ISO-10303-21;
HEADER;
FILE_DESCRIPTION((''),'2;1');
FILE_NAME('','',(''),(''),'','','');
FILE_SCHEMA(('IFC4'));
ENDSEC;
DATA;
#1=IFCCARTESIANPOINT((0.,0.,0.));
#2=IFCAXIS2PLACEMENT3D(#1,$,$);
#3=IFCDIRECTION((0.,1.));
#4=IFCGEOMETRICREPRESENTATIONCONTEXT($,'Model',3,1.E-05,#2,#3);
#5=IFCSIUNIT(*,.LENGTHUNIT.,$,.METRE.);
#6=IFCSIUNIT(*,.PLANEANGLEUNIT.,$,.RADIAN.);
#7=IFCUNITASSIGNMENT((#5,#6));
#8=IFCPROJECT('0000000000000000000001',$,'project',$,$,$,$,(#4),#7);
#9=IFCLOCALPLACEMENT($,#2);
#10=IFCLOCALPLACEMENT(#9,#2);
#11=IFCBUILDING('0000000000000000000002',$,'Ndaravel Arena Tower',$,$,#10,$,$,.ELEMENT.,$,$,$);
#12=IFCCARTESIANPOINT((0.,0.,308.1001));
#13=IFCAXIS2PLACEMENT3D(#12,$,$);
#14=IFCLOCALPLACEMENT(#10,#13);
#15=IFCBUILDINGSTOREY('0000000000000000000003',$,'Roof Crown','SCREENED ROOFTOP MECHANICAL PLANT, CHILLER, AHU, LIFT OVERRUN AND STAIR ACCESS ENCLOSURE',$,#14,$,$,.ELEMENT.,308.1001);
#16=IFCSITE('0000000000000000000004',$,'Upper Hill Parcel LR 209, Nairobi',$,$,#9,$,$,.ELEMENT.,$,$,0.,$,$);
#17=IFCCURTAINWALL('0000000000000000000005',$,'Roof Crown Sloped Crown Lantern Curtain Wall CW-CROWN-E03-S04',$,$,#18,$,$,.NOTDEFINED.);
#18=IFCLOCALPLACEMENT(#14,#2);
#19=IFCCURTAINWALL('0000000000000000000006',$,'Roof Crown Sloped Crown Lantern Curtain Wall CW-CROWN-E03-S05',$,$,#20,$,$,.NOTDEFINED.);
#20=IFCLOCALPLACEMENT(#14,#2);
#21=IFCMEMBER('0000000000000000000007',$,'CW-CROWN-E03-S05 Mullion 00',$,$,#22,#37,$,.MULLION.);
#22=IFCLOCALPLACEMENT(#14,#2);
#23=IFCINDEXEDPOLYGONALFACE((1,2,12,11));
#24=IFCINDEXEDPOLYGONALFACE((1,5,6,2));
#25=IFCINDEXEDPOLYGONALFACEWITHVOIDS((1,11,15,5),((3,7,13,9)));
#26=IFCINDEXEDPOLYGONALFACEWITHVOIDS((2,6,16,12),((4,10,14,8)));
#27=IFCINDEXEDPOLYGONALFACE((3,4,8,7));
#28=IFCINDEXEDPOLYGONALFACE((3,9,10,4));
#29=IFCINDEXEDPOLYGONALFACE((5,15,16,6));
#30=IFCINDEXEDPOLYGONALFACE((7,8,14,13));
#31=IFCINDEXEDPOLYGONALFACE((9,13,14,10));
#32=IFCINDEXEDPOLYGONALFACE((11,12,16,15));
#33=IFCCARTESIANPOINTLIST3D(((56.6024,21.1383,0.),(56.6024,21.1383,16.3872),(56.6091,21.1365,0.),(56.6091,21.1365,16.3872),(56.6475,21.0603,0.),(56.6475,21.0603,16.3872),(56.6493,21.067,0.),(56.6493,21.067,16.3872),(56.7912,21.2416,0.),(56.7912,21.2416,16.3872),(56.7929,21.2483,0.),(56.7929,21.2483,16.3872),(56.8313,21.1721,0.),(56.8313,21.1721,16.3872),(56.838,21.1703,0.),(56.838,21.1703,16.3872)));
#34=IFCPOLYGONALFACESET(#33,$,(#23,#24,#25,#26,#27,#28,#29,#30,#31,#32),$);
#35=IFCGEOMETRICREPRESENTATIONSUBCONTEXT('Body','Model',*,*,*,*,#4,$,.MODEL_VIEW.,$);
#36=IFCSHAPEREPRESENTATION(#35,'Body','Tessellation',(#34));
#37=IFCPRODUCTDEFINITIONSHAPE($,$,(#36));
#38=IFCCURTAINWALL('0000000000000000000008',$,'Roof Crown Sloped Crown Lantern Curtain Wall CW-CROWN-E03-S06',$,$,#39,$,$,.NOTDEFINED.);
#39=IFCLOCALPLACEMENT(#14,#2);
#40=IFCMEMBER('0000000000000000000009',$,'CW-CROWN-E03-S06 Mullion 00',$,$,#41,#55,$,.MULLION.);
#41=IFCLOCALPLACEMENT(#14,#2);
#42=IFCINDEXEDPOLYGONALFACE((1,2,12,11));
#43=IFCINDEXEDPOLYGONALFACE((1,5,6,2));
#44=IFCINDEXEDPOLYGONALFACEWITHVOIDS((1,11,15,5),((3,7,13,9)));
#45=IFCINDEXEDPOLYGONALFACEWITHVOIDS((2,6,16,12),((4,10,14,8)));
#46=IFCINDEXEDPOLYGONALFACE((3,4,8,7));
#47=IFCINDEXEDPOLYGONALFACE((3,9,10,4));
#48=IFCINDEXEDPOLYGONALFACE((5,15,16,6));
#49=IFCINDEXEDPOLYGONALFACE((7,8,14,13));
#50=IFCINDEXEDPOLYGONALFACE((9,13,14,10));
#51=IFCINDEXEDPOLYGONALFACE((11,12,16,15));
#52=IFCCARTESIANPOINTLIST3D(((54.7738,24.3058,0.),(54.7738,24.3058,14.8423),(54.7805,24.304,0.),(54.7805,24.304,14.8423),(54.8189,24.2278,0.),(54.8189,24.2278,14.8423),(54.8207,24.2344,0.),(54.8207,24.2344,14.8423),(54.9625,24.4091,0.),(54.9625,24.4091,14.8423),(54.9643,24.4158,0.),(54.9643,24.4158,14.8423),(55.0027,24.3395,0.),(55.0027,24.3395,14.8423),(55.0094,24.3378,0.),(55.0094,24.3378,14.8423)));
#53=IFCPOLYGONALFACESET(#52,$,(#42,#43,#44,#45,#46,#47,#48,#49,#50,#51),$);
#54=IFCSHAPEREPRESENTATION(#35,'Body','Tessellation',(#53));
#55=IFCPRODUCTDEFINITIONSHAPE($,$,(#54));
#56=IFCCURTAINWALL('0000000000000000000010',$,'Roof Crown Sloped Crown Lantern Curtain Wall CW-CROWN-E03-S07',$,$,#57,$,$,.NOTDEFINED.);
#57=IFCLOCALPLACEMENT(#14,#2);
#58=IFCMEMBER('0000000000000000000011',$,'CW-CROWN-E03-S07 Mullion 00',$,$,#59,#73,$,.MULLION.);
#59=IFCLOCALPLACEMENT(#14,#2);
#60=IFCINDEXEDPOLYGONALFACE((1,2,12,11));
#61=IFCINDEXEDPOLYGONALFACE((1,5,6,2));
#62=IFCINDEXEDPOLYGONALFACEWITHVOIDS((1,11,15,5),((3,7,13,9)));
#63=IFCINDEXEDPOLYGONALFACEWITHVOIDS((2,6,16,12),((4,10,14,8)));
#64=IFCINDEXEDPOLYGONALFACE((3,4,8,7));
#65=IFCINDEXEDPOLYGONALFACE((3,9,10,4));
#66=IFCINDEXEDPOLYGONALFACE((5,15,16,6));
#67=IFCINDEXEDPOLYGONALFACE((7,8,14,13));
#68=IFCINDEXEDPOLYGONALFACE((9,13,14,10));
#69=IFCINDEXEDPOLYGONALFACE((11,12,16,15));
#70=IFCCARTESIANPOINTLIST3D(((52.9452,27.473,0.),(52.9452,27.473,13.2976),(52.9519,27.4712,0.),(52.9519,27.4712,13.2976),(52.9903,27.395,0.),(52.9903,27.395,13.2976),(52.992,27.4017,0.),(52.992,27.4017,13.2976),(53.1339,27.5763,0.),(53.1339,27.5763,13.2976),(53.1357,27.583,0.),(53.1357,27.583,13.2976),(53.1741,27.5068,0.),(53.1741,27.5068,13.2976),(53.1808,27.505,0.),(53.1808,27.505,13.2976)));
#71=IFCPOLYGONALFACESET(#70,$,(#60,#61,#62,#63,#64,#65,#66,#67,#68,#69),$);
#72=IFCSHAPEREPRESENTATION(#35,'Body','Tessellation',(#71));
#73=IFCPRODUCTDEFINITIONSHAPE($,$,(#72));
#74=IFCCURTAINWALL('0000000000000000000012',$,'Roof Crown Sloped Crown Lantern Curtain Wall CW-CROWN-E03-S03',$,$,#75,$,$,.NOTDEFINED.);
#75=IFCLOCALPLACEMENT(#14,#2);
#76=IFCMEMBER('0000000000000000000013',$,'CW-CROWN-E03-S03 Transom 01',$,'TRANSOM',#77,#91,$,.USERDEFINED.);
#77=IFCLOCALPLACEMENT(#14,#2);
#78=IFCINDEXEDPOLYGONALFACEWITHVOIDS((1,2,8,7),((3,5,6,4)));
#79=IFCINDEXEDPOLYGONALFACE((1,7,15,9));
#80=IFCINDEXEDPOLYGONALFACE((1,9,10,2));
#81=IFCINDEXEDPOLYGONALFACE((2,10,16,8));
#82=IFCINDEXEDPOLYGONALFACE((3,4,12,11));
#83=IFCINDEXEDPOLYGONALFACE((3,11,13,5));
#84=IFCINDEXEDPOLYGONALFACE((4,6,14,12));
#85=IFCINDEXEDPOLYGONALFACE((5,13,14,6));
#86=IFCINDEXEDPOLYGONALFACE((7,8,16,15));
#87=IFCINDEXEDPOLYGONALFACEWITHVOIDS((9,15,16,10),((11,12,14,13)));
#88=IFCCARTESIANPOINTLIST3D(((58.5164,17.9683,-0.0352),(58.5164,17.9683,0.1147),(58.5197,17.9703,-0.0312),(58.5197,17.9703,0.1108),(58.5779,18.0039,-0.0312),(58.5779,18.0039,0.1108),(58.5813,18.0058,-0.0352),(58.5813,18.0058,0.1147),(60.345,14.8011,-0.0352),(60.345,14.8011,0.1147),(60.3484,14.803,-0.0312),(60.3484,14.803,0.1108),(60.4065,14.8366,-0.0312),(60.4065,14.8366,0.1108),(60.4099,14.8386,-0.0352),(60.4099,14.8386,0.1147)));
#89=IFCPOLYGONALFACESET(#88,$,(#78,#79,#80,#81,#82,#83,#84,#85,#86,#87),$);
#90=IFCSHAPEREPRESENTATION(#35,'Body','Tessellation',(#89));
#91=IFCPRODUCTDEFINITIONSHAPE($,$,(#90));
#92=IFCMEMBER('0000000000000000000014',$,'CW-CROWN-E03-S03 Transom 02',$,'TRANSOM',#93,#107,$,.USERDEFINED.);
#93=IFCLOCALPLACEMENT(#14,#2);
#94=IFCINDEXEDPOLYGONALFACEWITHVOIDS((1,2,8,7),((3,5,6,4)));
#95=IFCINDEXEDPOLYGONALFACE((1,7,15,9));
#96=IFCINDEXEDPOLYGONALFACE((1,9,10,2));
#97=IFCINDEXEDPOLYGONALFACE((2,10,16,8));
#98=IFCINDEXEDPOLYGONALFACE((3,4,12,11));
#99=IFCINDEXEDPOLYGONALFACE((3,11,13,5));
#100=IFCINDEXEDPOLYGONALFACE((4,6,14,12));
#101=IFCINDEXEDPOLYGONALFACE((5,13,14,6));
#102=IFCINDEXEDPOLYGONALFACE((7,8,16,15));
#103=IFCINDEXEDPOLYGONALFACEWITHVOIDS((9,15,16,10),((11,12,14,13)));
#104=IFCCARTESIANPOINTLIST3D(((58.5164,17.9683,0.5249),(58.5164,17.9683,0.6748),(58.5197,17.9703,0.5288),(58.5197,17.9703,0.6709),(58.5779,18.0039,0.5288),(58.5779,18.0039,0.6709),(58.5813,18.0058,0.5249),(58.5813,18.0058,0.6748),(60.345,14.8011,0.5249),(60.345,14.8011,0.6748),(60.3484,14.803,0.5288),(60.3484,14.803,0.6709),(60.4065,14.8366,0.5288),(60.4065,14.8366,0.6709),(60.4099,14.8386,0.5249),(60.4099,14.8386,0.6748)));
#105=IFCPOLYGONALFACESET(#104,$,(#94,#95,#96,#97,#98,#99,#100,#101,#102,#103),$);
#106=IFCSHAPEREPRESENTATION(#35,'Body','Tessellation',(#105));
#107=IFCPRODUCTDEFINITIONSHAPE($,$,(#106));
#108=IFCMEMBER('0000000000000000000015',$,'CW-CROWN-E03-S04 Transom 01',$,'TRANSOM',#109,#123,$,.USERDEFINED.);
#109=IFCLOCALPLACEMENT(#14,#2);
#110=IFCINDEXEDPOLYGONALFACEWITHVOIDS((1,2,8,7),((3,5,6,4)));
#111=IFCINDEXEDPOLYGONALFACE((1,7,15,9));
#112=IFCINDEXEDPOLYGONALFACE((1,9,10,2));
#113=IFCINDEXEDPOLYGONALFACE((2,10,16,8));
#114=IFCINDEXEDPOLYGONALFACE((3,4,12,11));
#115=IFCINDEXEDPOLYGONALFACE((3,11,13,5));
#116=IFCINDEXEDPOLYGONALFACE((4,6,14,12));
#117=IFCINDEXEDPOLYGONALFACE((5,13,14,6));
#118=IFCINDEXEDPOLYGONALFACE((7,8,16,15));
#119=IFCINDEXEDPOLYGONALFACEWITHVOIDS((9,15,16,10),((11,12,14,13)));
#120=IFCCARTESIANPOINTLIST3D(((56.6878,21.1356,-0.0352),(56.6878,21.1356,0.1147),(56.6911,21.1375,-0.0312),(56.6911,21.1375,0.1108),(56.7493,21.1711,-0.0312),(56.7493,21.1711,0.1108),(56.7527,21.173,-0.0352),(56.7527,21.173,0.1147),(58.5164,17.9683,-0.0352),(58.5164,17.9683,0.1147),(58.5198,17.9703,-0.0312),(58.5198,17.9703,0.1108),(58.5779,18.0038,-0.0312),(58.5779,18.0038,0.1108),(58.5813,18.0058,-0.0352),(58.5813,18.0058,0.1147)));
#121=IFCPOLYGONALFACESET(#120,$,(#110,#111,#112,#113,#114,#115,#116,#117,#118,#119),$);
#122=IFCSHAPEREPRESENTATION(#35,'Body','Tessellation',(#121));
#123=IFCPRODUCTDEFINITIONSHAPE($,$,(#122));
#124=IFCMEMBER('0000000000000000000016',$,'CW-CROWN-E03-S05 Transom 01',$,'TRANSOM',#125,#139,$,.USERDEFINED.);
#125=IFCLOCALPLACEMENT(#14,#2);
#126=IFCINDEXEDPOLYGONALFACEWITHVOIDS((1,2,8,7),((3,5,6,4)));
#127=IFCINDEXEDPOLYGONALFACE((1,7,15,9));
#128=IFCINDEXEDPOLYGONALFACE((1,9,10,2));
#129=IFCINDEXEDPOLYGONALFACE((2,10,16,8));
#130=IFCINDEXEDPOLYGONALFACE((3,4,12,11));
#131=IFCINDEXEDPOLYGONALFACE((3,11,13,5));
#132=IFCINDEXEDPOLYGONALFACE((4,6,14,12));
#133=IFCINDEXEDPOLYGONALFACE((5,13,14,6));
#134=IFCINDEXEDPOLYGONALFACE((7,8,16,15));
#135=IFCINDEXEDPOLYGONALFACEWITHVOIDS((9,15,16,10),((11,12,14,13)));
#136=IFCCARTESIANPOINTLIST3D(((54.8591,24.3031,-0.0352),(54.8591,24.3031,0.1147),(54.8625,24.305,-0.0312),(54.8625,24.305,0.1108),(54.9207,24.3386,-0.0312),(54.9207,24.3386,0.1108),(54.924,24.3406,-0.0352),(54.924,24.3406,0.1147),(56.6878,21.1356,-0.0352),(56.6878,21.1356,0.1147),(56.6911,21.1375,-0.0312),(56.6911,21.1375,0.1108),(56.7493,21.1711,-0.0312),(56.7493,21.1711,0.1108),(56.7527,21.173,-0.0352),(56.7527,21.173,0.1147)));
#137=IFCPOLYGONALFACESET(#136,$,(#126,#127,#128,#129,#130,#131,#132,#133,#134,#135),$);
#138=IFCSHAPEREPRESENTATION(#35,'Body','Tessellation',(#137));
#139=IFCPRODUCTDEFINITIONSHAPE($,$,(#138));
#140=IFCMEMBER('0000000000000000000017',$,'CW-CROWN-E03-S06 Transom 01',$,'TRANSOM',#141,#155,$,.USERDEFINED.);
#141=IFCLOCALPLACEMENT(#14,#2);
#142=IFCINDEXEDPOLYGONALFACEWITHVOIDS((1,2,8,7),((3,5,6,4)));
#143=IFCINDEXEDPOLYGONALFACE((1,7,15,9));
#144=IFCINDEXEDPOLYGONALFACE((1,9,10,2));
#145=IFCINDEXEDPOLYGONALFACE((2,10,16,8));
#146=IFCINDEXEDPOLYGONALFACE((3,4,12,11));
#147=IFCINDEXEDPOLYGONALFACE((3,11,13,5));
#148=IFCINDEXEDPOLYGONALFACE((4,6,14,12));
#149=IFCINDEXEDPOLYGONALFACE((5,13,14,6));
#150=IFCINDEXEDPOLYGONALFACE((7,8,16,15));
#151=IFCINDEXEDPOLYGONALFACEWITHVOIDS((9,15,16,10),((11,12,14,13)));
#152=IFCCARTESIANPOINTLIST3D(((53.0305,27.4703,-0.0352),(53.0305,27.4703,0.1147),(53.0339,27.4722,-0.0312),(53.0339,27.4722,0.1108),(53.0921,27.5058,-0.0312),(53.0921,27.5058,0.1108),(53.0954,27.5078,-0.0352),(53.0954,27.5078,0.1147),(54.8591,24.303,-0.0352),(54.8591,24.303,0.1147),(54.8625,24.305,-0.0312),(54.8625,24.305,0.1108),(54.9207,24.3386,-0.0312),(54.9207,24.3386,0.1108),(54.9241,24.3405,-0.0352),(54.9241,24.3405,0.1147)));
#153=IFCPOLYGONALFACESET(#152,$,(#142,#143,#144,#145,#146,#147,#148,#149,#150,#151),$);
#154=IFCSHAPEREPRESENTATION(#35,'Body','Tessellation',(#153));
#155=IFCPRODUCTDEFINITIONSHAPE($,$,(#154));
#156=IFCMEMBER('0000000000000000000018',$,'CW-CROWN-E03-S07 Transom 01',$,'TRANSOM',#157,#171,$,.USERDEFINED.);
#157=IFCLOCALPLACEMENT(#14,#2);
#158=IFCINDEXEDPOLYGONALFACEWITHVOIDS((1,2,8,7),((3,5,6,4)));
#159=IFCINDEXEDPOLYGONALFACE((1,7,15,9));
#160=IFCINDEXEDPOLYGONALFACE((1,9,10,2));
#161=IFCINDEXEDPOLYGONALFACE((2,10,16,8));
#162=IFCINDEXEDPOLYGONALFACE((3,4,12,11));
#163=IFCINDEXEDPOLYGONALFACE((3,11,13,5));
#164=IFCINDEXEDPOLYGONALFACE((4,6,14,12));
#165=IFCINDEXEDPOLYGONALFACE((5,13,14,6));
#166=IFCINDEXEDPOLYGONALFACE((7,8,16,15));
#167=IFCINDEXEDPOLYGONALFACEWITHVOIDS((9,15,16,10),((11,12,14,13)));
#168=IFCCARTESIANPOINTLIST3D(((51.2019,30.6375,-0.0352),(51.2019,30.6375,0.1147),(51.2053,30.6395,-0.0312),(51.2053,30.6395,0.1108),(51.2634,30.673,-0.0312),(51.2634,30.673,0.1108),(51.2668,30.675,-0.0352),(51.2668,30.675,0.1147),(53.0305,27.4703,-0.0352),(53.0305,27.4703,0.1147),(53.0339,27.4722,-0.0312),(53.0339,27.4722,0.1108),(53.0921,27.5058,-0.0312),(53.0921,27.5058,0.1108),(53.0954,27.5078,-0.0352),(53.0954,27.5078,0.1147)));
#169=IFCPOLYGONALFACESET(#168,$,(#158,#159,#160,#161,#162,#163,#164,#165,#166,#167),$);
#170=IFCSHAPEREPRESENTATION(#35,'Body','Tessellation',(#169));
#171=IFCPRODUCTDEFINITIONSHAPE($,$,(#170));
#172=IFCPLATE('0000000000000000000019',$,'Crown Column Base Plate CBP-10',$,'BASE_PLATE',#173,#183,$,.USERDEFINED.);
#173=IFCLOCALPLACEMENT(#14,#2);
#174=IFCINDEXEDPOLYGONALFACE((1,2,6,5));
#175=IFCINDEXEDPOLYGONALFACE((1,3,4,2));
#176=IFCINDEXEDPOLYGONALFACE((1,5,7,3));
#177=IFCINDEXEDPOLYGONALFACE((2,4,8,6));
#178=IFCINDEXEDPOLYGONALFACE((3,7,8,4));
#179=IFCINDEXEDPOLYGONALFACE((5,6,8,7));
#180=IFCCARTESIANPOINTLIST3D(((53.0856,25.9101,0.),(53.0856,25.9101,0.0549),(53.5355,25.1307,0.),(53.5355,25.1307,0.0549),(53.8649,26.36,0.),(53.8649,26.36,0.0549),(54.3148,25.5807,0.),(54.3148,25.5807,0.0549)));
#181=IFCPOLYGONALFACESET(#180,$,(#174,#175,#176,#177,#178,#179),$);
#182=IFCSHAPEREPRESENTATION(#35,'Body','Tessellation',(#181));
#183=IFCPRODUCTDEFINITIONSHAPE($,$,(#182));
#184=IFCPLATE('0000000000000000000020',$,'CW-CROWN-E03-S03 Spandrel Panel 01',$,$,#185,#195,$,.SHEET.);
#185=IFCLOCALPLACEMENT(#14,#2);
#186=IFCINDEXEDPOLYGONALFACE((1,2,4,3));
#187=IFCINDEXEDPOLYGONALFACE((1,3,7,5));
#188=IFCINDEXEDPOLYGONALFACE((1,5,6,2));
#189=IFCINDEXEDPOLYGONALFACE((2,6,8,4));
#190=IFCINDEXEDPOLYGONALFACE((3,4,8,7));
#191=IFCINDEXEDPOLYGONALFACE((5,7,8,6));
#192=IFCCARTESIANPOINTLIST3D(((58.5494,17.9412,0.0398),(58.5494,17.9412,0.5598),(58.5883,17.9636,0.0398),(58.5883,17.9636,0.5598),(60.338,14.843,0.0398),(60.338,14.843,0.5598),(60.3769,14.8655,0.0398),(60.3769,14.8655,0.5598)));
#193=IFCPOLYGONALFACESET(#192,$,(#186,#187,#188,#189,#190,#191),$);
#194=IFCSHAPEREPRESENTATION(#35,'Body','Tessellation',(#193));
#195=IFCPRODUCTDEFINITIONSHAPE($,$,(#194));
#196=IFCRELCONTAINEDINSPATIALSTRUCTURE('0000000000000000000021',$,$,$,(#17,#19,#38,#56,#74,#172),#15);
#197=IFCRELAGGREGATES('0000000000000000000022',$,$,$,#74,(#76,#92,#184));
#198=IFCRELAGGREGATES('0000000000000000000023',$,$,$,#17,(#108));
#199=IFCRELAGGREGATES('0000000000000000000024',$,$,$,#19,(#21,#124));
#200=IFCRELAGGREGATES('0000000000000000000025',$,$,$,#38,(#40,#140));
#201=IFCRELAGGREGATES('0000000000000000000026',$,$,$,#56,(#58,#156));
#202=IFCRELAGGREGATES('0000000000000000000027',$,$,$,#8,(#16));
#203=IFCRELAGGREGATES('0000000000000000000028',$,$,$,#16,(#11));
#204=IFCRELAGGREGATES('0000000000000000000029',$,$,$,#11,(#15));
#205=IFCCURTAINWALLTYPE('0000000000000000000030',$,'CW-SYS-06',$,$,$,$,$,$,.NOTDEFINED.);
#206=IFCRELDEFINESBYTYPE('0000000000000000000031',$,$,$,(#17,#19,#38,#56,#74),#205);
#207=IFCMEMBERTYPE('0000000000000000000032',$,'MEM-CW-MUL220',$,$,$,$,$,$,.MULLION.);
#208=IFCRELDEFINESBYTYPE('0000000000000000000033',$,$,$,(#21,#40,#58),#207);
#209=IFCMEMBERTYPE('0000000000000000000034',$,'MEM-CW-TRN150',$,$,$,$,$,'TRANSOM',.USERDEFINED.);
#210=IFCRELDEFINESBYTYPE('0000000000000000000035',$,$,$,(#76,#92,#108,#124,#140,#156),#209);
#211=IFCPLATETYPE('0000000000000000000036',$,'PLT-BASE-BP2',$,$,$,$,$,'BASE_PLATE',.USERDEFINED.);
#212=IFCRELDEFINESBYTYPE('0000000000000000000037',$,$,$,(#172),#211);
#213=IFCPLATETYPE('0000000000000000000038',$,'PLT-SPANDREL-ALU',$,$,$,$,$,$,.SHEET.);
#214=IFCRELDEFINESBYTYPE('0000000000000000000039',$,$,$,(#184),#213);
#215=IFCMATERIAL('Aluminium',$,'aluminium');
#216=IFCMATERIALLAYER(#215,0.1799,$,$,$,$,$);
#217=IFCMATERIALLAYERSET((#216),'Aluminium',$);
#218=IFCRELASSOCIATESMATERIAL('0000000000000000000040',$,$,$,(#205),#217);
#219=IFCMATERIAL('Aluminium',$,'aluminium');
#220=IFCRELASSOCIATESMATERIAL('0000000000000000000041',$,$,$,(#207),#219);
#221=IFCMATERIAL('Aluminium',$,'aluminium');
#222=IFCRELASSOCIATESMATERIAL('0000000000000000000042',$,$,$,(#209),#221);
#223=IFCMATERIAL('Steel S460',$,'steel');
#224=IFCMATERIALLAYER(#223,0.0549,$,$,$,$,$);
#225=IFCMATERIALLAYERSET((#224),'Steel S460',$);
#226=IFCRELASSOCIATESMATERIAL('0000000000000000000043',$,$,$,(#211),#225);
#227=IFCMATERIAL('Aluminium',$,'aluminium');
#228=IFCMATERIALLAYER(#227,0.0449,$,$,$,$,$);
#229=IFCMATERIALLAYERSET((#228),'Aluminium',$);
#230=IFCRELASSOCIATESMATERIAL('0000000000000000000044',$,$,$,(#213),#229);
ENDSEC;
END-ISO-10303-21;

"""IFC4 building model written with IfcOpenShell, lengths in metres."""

from ifc_helpers import new_model, si_unit, direction, frame, origin, origin_2d, place, context, subcontext, project, spatial, rectangle, hollow_rectangle, extrude, material, layer, layer_set, material_profile, profile_set, type_object, element, aggregate, save


model = new_model("IFC4")

# Units and contexts
model_context = context("Model", 3, precision=1e-05, world=origin(), true_north=direction((0.0, 1.0)))
body_context = subcontext(model_context, "Body", "Model", "MODEL_VIEW")
ifc_project = project(units=[si_unit("LENGTHUNIT", "METRE"), si_unit("PLANEANGLEUNIT", "RADIAN")], contexts=[model_context])

# Site, building, storey
site_placement = place(None, origin())
site = spatial("IfcSite", under=ifc_project, at=site_placement, Name="Upper Hill Parcel LR 209, Nairobi", CompositionType="ELEMENT", RefElevation=0.0)
building_placement = place(site_placement, origin())
building = spatial("IfcBuilding", under=site, at=building_placement, Name="Ndaravel Arena Tower", CompositionType="ELEMENT")
storey_placement = place(building_placement, frame((0.0, 0.0, 308.1001)))
storey = spatial("IfcBuildingStorey", under=building, at=storey_placement, Name="Roof Crown", Description="SCREENED ROOFTOP MECHANICAL PLANT, CHILLER, AHU, LIFT OVERRUN AND STAIR ACCESS ENCLOSURE", CompositionType="ELEMENT", Elevation=308.1001)

# Curtain walls, members
ifc_material_1 = material(Name="Aluminium", Category="aluminium")
ifc_layer_1 = layer(ifc_material_1, 0.1799)
ifc_layer_set_1 = layer_set([ifc_layer_1], Name="Aluminium")
curtain_wall_type = type_object("IfcCurtainWallType", Name="CW-SYS-06", PredefinedType="NOTDEFINED", material=ifc_layer_set_1)
curtain_wall_1_placement = place(storey_placement, origin())
curtain_wall_1 = element("IfcCurtainWall", 1, at=curtain_wall_1_placement, inside=storey, type_object=curtain_wall_type, Name="Roof Crown Sloped Crown Lantern Curtain Wall CW-CROWN-E03-S04", PredefinedType="NOTDEFINED")
ifc_material_2 = material(Name="Aluminium", Category="aluminium")
ifc_material_profile_1 = material_profile(ifc_material_2, hollow_rectangle(XDim=0.0901, YDim=0.22, WallThickness=0.0049, at=origin_2d()), Name="CW MULLION 90x220x5")
ifc_profile_set_1 = profile_set([ifc_material_profile_1], Name="Aluminium")
member_type_1 = type_object("IfcMemberType", Name="MEM-CW-MUL220", PredefinedType="MULLION", material=ifc_profile_set_1)
curtain_wall_2_placement = place(storey_placement, origin())
curtain_wall_2 = element("IfcCurtainWall", 2, at=curtain_wall_2_placement, inside=storey, type_object=curtain_wall_type, Name="Roof Crown Sloped Crown Lantern Curtain Wall CW-CROWN-E03-S05", PredefinedType="NOTDEFINED")
member_1_placement = place(storey_placement, frame((56.7202, 21.1543, 0.0), z_axis=(0.0, 0.0, 1.0), x_axis=(-0.500015, 0.866017, 0.0)))
member_1 = element("IfcMember", 3, at=member_1_placement, type_object=member_type_1, Name="CW-CROWN-E03-S05 Mullion 00", PredefinedType="MULLION", context=body_context, shape_type="SweptSolid", body=[
    extrude(hollow_rectangle(XDim=0.0901, YDim=0.22, WallThickness=0.0049, at=origin_2d()), origin(), (0.0, 0.0, 1.0), 16.3872),
])
curtain_wall_3_placement = place(storey_placement, origin())
curtain_wall_3 = element("IfcCurtainWall", 4, at=curtain_wall_3_placement, inside=storey, type_object=curtain_wall_type, Name="Roof Crown Sloped Crown Lantern Curtain Wall CW-CROWN-E03-S06", PredefinedType="NOTDEFINED")
member_2_placement = place(storey_placement, frame((54.8916, 24.3218, 0.0), z_axis=(0.0, 0.0, 1.0), x_axis=(-0.5, 0.866025, 0.0)))
member_2 = element("IfcMember", 5, at=member_2_placement, type_object=member_type_1, Name="CW-CROWN-E03-S06 Mullion 00", PredefinedType="MULLION", context=body_context, shape_type="SweptSolid", body=[
    extrude(hollow_rectangle(XDim=0.0901, YDim=0.22, WallThickness=0.0049, at=origin_2d()), origin(), (0.0, 0.0, 1.0), 14.8423),
])
curtain_wall_4_placement = place(storey_placement, origin())
curtain_wall_4 = element("IfcCurtainWall", 6, at=curtain_wall_4_placement, inside=storey, type_object=curtain_wall_type, Name="Roof Crown Sloped Crown Lantern Curtain Wall CW-CROWN-E03-S07", PredefinedType="NOTDEFINED")
member_3_placement = place(storey_placement, frame((53.063, 27.489, 0.0), z_axis=(0.0, 0.0, 1.0), x_axis=(-0.500015, 0.866017, 0.0)))
member_3 = element("IfcMember", 7, at=member_3_placement, type_object=member_type_1, Name="CW-CROWN-E03-S07 Mullion 00", PredefinedType="MULLION", context=body_context, shape_type="SweptSolid", body=[
    extrude(hollow_rectangle(XDim=0.0901, YDim=0.22, WallThickness=0.0049, at=origin_2d()), origin(), (0.0, 0.0, 1.0), 13.2976),
])

# Curtain wall, members
curtain_wall_5_placement = place(storey_placement, origin())
curtain_wall_5 = element("IfcCurtainWall", 8, at=curtain_wall_5_placement, inside=storey, type_object=curtain_wall_type, Name="Roof Crown Sloped Crown Lantern Curtain Wall CW-CROWN-E03-S03", PredefinedType="NOTDEFINED")
ifc_material_3 = material(Name="Aluminium", Category="aluminium")
ifc_material_profile_2 = material_profile(ifc_material_3, hollow_rectangle(XDim=0.075, YDim=0.1499, WallThickness=0.0039, at=origin_2d()), Name="CW TRANSOM 75x150x4")
ifc_profile_set_2 = profile_set([ifc_material_profile_2], Name="Aluminium")
member_type_2 = type_object("IfcMemberType", Name="MEM-CW-TRN150", ElementType="TRANSOM", PredefinedType="USERDEFINED", material=ifc_profile_set_2)
member_4_placement = place(storey_placement, frame((60.3774, 14.8198, 0.0398), z_axis=(-0.500002, 0.866024, 0.0), x_axis=(-0.866024, -0.500002, 0.0)))
member_4 = element("IfcMember", 9, at=member_4_placement, type_object=member_type_2, Name="CW-CROWN-E03-S03 Transom 01", ObjectType="TRANSOM", PredefinedType="USERDEFINED", context=body_context, shape_type="SweptSolid", body=[
    extrude(hollow_rectangle(XDim=0.075, YDim=0.1499, WallThickness=0.0039, at=origin_2d()), origin(), (0.0, 0.0, 1.0), 3.6572),
])
member_5_placement = place(storey_placement, frame((60.3774, 14.8198, 0.5999), z_axis=(-0.500002, 0.866024, 0.0), x_axis=(-0.866024, -0.500002, 0.0)))
member_5 = element("IfcMember", 10, at=member_5_placement, type_object=member_type_2, Name="CW-CROWN-E03-S03 Transom 02", ObjectType="TRANSOM", PredefinedType="USERDEFINED", context=body_context, shape_type="SweptSolid", body=[
    extrude(hollow_rectangle(XDim=0.075, YDim=0.1499, WallThickness=0.0039, at=origin_2d()), origin(), (0.0, 0.0, 1.0), 3.6572),
])

# Members
member_6_placement = place(storey_placement, frame((58.5488, 17.9871, 0.0398), z_axis=(-0.500002, 0.866024, 0.0), x_axis=(-0.866024, -0.500002, 0.0)))
member_6 = element("IfcMember", 11, at=member_6_placement, type_object=member_type_2, Name="CW-CROWN-E03-S04 Transom 01", ObjectType="TRANSOM", PredefinedType="USERDEFINED", context=body_context, shape_type="SweptSolid", body=[
    extrude(hollow_rectangle(XDim=0.075, YDim=0.1499, WallThickness=0.0039, at=origin_2d()), origin(), (0.0, 0.0, 1.0), 3.6572),
])
member_7_placement = place(storey_placement, frame((56.7202, 21.1543, 0.0398), z_axis=(-0.499973, 0.866041, 0.0), x_axis=(-0.866041, -0.499973, 0.0)))
member_7 = element("IfcMember", 12, at=member_7_placement, type_object=member_type_2, Name="CW-CROWN-E03-S05 Transom 01", ObjectType="TRANSOM", PredefinedType="USERDEFINED", context=body_context, shape_type="SweptSolid", body=[
    extrude(hollow_rectangle(XDim=0.075, YDim=0.1499, WallThickness=0.0039, at=origin_2d()), origin(), (0.0, 0.0, 1.0), 3.6575),
])
member_8_placement = place(storey_placement, frame((54.8916, 24.3218, 0.0398), z_axis=(-0.500002, 0.866024, 0.0), x_axis=(-0.866024, -0.500002, 0.0)))
member_8 = element("IfcMember", 13, at=member_8_placement, type_object=member_type_2, Name="CW-CROWN-E03-S06 Transom 01", ObjectType="TRANSOM", PredefinedType="USERDEFINED", context=body_context, shape_type="SweptSolid", body=[
    extrude(hollow_rectangle(XDim=0.075, YDim=0.1499, WallThickness=0.0039, at=origin_2d()), origin(), (0.0, 0.0, 1.0), 3.6572),
])
member_9_placement = place(storey_placement, frame((53.063, 27.489, 0.0398), z_axis=(-0.500002, 0.866024, 0.0), x_axis=(-0.866024, -0.500002, 0.0)))
member_9 = element("IfcMember", 14, at=member_9_placement, type_object=member_type_2, Name="CW-CROWN-E03-S07 Transom 01", ObjectType="TRANSOM", PredefinedType="USERDEFINED", context=body_context, shape_type="SweptSolid", body=[
    extrude(hollow_rectangle(XDim=0.075, YDim=0.1499, WallThickness=0.0039, at=origin_2d()), origin(), (0.0, 0.0, 1.0), 3.6572),
])

# Plates
ifc_material_4 = material(Name="Steel S460", Category="steel")
ifc_layer_2 = layer(ifc_material_4, 0.0549)
ifc_layer_set_2 = layer_set([ifc_layer_2], Name="Steel S460")
plate_type_1 = type_object("IfcPlateType", Name="PLT-BASE-BP2", ElementType="BASE_PLATE", PredefinedType="USERDEFINED", material=ifc_layer_set_2)
plate_1_placement = place(storey_placement, frame((53.7002, 25.7454, 0.0), z_axis=(0.0, 0.0, 1.0), x_axis=(-0.5, 0.866025, 0.0)))
element("IfcPlate", 15, at=plate_1_placement, inside=storey, type_object=plate_type_1, Name="Crown Column Base Plate CBP-10", ObjectType="BASE_PLATE", PredefinedType="USERDEFINED", context=body_context, shape_type="SweptSolid", body=[
    extrude(rectangle(XDim=0.8999, YDim=0.8999, at=origin_2d()), origin(), (0.0, 0.0, 1.0), 0.0549),
])
ifc_material_5 = material(Name="Aluminium", Category="aluminium")
ifc_layer_3 = layer(ifc_material_5, 0.0449)
ifc_layer_set_3 = layer_set([ifc_layer_3], Name="Aluminium")
plate_type_2 = type_object("IfcPlateType", Name="PLT-SPANDREL-ALU", PredefinedType="SHEET", material=ifc_layer_set_3)
plate_2_placement = place(storey_placement, frame((59.4631, 16.4033, 0.0398), z_axis=(0.0, 0.0, 1.0), x_axis=(-0.499985, 0.866034, 0.0)))
plate_2 = element("IfcPlate", 16, at=plate_2_placement, type_object=plate_type_2, Name="CW-CROWN-E03-S03 Spandrel Panel 01", PredefinedType="SHEET", context=body_context, shape_type="SweptSolid", body=[
    extrude(rectangle(XDim=3.5774, YDim=0.0449, at=origin_2d()), origin(), (0.0, 0.0, 1.0), 0.52),
])
aggregate(curtain_wall_5, [member_4, member_5, plate_2])
aggregate(curtain_wall_1, [member_6])
aggregate(curtain_wall_2, [member_1, member_7])
aggregate(curtain_wall_3, [member_2, member_8])
aggregate(curtain_wall_4, [member_3, member_9])

save(model, "model.ifc")
